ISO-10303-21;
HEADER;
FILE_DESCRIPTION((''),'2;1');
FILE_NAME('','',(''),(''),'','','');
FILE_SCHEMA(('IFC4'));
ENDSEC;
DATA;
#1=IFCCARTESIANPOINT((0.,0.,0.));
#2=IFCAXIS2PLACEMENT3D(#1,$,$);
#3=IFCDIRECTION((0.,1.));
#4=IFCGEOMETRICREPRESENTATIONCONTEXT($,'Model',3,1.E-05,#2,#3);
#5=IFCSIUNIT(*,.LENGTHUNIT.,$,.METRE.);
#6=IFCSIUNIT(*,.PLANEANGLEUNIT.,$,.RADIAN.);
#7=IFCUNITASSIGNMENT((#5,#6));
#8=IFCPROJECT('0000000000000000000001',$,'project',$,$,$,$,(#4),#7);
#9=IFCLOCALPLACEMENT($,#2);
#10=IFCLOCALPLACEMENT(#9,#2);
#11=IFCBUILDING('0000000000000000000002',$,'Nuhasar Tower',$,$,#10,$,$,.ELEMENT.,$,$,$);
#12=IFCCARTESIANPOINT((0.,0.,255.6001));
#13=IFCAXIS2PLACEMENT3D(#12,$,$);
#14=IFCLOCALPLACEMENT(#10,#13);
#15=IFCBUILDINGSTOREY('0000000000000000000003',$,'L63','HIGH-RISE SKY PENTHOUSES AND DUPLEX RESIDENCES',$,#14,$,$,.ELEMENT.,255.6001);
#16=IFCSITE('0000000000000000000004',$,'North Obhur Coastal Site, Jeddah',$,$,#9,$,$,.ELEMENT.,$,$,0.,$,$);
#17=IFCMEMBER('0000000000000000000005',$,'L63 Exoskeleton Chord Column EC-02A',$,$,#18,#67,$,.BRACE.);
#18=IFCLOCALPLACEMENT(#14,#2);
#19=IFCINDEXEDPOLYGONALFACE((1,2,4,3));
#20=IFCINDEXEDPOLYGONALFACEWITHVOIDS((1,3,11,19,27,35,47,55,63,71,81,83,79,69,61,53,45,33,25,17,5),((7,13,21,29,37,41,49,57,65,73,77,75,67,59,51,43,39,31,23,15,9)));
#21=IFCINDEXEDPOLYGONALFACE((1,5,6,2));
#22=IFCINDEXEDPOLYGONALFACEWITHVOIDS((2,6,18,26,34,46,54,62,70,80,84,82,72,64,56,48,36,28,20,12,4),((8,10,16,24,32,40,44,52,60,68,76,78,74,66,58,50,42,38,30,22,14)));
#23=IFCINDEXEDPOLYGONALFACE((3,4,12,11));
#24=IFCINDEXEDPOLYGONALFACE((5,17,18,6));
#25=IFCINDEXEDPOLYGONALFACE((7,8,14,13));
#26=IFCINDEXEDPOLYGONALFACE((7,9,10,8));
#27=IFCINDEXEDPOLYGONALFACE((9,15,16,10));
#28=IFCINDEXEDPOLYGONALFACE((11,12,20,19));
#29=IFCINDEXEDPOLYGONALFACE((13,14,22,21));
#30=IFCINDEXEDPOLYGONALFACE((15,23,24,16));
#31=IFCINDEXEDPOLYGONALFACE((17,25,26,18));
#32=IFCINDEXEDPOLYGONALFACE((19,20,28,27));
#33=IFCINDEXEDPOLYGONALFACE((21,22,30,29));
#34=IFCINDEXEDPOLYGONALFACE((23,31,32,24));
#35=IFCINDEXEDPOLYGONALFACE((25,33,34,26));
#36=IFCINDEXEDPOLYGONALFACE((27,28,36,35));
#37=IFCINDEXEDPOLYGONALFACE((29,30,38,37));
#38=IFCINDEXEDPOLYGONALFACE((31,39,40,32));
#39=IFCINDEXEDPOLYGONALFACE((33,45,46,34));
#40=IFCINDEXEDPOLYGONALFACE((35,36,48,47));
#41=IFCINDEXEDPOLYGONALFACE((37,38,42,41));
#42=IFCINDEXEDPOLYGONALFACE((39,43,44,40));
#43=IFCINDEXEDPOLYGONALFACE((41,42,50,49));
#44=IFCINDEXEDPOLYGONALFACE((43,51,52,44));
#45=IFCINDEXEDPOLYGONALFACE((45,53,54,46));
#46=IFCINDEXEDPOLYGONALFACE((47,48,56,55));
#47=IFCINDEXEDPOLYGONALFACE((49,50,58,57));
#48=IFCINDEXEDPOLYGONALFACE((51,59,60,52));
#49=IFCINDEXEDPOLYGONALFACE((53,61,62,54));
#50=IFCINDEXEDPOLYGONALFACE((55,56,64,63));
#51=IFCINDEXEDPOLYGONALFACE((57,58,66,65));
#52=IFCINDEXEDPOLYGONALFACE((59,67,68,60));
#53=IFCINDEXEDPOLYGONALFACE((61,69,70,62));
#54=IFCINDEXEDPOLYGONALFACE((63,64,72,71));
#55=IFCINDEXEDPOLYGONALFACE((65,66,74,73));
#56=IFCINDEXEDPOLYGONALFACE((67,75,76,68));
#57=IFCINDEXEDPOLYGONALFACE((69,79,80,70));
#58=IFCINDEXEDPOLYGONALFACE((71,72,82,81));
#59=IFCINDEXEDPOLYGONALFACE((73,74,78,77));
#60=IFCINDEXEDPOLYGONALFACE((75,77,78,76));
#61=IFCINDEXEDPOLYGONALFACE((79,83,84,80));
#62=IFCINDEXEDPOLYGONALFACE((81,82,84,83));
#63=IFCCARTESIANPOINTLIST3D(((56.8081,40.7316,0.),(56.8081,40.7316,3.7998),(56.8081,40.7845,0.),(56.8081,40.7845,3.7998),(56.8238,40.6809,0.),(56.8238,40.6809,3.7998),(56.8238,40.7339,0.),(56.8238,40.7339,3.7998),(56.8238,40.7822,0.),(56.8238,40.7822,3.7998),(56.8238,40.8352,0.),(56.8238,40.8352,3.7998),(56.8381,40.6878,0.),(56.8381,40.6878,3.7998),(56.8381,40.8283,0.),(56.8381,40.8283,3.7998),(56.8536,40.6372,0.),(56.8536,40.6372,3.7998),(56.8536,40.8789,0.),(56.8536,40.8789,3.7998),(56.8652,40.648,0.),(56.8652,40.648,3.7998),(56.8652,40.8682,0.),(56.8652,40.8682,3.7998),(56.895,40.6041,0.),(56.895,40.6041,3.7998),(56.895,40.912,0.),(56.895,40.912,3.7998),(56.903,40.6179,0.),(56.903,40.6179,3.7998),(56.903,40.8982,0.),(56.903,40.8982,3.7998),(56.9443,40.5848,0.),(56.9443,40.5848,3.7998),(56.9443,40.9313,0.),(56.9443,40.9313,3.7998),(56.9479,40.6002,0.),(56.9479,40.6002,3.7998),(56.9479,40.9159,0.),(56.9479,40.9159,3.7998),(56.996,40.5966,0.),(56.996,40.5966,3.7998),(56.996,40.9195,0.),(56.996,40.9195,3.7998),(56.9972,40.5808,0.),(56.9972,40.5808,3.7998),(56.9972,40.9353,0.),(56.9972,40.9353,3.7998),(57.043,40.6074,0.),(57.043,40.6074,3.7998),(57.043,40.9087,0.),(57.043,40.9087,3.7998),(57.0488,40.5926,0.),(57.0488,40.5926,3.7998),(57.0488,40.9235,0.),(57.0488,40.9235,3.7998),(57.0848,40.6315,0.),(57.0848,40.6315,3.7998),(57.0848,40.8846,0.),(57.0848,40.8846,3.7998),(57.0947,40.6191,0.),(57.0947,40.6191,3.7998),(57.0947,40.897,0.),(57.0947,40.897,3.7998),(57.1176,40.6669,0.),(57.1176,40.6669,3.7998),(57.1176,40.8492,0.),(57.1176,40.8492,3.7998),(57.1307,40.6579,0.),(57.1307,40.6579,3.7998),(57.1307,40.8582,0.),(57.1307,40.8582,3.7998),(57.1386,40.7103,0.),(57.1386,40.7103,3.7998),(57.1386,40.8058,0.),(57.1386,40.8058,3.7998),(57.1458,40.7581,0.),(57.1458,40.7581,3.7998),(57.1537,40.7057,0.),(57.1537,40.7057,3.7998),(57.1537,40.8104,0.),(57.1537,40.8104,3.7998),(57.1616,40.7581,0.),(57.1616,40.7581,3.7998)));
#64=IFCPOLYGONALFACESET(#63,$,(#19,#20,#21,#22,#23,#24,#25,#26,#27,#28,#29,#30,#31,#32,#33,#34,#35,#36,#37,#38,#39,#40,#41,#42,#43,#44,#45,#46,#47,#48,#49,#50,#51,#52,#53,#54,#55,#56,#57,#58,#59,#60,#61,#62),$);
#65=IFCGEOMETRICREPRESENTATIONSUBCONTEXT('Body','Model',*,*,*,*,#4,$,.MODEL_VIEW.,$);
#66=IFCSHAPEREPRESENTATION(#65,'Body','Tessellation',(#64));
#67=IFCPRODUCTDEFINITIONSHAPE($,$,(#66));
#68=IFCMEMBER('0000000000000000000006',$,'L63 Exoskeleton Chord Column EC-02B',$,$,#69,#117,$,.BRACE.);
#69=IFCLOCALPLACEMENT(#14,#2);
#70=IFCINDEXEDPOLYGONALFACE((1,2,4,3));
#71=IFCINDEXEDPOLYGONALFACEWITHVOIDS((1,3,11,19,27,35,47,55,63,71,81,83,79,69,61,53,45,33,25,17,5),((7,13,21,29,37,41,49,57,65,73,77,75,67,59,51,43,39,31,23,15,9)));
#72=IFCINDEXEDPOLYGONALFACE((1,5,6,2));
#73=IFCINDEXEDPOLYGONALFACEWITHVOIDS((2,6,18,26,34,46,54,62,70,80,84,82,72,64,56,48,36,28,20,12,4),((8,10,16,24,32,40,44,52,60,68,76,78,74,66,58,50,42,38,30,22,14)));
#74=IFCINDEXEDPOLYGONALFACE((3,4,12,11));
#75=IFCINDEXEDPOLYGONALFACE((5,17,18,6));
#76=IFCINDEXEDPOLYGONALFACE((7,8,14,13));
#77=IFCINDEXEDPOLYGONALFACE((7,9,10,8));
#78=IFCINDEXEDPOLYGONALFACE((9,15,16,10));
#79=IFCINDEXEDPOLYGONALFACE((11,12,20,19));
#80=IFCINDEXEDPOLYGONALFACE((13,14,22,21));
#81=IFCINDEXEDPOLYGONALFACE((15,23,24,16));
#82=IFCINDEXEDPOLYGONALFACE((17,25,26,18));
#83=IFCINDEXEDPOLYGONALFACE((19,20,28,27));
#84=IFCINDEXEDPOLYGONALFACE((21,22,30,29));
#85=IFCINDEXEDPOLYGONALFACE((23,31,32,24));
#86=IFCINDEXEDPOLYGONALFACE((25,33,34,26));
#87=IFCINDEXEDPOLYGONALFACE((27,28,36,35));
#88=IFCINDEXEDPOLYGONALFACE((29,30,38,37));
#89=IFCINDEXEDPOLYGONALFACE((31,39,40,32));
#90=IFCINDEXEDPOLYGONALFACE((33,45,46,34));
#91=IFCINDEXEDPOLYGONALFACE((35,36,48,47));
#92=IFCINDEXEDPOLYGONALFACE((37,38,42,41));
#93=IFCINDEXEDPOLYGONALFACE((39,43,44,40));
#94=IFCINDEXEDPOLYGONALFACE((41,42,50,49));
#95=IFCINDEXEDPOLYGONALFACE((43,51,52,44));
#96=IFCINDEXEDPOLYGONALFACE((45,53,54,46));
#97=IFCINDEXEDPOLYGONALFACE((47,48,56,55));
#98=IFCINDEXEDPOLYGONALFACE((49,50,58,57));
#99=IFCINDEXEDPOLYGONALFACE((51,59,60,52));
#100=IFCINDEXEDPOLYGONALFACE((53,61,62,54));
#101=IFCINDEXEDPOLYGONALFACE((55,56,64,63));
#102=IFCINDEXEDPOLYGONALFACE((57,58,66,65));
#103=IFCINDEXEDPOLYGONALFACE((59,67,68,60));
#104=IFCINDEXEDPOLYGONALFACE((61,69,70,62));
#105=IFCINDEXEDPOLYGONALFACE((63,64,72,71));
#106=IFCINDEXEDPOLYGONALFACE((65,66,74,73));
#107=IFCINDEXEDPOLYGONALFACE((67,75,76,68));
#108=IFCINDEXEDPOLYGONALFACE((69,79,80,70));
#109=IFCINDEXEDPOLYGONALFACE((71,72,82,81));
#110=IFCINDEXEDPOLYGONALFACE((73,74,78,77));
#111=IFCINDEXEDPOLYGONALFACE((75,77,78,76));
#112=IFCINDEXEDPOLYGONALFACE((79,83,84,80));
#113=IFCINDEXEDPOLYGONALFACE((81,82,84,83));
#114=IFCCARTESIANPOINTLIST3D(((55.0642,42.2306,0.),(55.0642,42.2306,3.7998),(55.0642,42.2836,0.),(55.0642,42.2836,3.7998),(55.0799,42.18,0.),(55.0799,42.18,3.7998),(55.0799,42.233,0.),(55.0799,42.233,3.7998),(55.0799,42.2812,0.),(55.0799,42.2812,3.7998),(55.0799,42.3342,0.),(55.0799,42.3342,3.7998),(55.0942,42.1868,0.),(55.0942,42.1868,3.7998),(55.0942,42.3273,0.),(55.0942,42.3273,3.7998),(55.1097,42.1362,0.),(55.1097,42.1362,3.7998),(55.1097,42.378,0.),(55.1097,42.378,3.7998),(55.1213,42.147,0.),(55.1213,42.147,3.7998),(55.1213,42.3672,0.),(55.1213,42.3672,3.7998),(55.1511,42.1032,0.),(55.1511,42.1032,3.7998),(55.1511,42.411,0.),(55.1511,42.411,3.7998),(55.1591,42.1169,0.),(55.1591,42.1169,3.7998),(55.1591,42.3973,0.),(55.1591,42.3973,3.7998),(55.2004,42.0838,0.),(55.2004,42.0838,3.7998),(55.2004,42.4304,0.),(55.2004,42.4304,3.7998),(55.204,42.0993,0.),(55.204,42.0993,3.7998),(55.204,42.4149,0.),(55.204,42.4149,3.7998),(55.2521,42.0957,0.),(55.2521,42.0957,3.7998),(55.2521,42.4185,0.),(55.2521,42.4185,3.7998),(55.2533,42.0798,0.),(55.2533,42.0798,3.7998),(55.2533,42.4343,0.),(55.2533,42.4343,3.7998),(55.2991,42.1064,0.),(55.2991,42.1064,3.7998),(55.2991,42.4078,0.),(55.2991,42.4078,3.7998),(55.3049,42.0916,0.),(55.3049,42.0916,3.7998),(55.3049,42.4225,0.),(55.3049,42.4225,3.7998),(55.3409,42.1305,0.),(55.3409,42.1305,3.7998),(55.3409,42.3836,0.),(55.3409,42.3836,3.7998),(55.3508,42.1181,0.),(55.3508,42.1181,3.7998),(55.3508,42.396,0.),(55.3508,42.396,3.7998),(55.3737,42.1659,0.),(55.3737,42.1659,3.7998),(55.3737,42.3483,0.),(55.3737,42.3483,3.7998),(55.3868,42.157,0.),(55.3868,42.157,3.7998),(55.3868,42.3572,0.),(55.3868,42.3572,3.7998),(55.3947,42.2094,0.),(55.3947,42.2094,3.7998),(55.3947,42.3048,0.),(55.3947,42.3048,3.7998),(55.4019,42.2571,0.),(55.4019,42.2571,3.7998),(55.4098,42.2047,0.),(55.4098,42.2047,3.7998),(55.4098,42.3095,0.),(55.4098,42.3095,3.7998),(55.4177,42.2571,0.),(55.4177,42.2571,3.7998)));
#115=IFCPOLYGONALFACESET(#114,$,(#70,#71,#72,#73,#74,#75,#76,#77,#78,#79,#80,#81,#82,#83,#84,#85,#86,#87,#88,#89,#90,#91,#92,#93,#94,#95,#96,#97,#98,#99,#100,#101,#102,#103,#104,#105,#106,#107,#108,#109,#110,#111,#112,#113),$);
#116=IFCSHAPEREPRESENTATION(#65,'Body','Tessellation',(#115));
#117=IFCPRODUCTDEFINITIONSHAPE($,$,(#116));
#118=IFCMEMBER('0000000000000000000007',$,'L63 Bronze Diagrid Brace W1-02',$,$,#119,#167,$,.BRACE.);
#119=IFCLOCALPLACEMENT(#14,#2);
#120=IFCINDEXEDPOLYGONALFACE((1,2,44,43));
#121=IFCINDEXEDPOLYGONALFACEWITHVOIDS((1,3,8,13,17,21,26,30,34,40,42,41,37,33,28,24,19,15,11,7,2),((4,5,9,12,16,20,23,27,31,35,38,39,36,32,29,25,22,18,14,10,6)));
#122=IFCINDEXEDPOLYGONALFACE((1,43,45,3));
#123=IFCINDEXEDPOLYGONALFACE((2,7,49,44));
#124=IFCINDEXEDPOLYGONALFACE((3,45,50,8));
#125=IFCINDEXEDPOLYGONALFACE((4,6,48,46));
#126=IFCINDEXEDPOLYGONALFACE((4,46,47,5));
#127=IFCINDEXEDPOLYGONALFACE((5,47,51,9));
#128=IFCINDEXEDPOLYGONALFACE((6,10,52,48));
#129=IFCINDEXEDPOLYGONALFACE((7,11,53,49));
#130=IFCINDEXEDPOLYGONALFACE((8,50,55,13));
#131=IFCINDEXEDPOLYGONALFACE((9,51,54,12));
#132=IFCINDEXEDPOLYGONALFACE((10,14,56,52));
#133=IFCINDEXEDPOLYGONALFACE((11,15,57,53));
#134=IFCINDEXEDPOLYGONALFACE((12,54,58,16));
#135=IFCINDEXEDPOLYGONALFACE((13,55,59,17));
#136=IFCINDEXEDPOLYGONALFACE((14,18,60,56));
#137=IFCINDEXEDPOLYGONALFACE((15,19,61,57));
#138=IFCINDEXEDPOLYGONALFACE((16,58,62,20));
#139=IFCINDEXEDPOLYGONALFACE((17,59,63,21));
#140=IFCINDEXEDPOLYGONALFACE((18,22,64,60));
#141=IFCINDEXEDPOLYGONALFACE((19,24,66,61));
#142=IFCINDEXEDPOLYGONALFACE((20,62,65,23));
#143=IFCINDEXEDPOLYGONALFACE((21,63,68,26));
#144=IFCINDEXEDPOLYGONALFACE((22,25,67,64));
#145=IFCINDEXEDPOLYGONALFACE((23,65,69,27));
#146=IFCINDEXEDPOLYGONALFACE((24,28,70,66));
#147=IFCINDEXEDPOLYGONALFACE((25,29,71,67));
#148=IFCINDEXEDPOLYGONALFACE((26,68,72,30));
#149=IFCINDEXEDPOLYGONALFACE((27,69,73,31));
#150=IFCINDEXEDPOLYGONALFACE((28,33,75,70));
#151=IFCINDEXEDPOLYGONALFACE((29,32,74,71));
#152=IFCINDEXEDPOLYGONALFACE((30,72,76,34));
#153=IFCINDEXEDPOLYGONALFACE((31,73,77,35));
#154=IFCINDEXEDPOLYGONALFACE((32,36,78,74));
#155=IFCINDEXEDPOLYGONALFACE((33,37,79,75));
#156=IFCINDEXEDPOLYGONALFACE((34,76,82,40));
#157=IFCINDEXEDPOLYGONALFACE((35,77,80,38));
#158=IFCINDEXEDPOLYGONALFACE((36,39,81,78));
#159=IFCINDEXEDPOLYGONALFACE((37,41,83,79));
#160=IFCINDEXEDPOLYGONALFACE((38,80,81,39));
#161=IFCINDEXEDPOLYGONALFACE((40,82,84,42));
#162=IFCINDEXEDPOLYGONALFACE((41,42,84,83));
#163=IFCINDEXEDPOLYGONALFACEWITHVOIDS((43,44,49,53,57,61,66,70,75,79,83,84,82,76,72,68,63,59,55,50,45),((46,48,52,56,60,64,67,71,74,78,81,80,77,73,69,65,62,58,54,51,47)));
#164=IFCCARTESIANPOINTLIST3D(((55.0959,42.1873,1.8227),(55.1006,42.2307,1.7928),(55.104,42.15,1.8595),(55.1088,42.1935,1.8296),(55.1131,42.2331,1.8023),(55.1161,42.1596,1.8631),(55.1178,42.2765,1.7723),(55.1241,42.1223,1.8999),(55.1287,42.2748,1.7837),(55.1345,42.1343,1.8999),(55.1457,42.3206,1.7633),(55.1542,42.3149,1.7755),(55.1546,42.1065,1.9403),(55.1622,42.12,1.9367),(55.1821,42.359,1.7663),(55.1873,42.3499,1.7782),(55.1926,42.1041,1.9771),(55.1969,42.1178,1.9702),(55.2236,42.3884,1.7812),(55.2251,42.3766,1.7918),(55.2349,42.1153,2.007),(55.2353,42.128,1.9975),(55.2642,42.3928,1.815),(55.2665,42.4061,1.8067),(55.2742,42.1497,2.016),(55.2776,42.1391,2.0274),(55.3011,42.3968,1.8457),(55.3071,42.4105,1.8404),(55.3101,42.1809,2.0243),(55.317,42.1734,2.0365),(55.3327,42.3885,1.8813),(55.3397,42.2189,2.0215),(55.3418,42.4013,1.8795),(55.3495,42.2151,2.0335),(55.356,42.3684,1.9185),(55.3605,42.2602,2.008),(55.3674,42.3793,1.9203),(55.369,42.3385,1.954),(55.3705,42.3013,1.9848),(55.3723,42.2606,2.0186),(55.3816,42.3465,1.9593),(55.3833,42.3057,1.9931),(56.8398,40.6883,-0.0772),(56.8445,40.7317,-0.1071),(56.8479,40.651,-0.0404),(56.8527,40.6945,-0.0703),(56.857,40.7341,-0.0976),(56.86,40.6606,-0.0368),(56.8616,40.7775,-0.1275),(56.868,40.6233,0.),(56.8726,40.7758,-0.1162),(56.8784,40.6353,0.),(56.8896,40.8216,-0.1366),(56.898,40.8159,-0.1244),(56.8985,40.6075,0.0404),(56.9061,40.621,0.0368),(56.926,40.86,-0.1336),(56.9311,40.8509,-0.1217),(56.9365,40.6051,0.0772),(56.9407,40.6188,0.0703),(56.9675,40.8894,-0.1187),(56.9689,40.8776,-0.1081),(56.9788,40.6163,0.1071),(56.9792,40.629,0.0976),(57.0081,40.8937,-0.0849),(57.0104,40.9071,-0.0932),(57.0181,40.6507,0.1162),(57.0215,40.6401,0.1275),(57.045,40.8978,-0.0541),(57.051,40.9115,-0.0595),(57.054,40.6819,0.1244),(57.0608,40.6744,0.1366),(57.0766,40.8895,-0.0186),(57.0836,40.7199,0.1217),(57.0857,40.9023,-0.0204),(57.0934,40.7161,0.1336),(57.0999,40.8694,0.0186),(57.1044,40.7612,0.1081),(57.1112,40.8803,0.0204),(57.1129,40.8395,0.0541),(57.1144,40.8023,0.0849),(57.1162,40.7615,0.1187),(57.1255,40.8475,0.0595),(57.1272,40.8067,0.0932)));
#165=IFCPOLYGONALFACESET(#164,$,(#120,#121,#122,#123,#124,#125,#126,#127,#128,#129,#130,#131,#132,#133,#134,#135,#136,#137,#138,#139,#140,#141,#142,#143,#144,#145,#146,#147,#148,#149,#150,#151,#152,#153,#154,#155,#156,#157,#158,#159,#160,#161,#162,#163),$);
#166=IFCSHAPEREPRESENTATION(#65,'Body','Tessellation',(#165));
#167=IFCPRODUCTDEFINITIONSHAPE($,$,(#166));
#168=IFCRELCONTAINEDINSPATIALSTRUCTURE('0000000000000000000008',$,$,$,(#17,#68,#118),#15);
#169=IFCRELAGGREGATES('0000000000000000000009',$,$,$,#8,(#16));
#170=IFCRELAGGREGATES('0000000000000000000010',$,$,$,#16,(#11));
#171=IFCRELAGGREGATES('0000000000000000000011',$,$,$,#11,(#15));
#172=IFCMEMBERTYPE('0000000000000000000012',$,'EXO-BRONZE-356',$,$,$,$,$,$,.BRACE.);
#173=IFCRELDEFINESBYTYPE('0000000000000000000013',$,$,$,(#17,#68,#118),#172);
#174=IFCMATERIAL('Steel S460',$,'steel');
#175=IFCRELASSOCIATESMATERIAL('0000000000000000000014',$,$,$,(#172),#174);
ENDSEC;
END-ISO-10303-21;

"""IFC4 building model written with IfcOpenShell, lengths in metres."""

from ifc_helpers import new_model, si_unit, direction, frame, origin, origin_2d, place, context, subcontext, project, spatial, hollow_circle, extrude, material, material_profile, profile_set, type_object, element, save


model = new_model("IFC4")

# Units and contexts
model_context = context("Model", 3, precision=1e-05, world=origin(), true_north=direction((0.0, 1.0)))
body_context = subcontext(model_context, "Body", "Model", "MODEL_VIEW")
ifc_project = project(units=[si_unit("LENGTHUNIT", "METRE"), si_unit("PLANEANGLEUNIT", "RADIAN")], contexts=[model_context])

# Site, building, storey
site_placement = place(None, origin())
site = spatial("IfcSite", under=ifc_project, at=site_placement, Name="North Obhur Coastal Site, Jeddah", CompositionType="ELEMENT", RefElevation=0.0)
building_placement = place(site_placement, origin())
building = spatial("IfcBuilding", under=site, at=building_placement, Name="Nuhasar Tower", CompositionType="ELEMENT")
storey_placement = place(building_placement, frame((0.0, 0.0, 255.6001)))
storey = spatial("IfcBuildingStorey", under=building, at=storey_placement, Name="L63", Description="HIGH-RISE SKY PENTHOUSES AND DUPLEX RESIDENCES", CompositionType="ELEMENT", Elevation=255.6001)

# Shared definitions
ifc_material_1 = material(Name="Steel S460", Category="steel")

# Members
ifc_material_profile_1 = material_profile(ifc_material_1, hollow_circle(Radius=0.1777, WallThickness=0.0159, at=origin_2d()), Name="HSS355.6X15.9")
ifc_profile_set_1 = profile_set([ifc_material_profile_1], Name="Steel S460")
member_type_1 = type_object("IfcMemberType", Name="EXO-BRONZE-356", PredefinedType="BRACE", material=ifc_profile_set_1)
for number, where, z_axis, x_axis, name in (
    (1, (56.9839, 40.7581, 0.0), (0.0, 0.0, 1.0), (1.0, 0.0, 0.0), "L63 Exoskeleton Chord Column EC-02A"),
    (2, (55.24, 42.2571, 0.0), (0.0, 0.0, 1.0), (1.0, 0.0, 0.0), "L63 Exoskeleton Chord Column EC-02B"),
):
    element("IfcMember", number, at=place(storey_placement, frame(where, z_axis=z_axis, x_axis=x_axis)), inside=storey, type_object=member_type_1, Name=name, PredefinedType="BRACE", context=body_context, shape_type="SweptSolid", body=[
        extrude(hollow_circle(Radius=0.1777, WallThickness=0.0159, at=origin_2d()), origin(), (0.0, 0.0, 1.0), 3.7998),
    ])
for number, where, z_axis, x_axis, name in (
    (3, (56.9839, 40.7581, 0.0), (-0.584625, 0.502534, 0.636925), (-0.651857, -0.758342, 0.0), "L63 Bronze Diagrid Brace W1-02"),
):
    element("IfcMember", number, at=place(storey_placement, frame(where, z_axis=z_axis, x_axis=x_axis)), inside=storey, type_object=member_type_1, Name=name, PredefinedType="BRACE", context=body_context, shape_type="SweptSolid", body=[
        extrude(hollow_circle(Radius=0.1777, WallThickness=0.0159, at=origin_2d()), origin(), (0.0, 0.0, 1.0), 2.9829),
    ])

save(model, "model.ifc")
